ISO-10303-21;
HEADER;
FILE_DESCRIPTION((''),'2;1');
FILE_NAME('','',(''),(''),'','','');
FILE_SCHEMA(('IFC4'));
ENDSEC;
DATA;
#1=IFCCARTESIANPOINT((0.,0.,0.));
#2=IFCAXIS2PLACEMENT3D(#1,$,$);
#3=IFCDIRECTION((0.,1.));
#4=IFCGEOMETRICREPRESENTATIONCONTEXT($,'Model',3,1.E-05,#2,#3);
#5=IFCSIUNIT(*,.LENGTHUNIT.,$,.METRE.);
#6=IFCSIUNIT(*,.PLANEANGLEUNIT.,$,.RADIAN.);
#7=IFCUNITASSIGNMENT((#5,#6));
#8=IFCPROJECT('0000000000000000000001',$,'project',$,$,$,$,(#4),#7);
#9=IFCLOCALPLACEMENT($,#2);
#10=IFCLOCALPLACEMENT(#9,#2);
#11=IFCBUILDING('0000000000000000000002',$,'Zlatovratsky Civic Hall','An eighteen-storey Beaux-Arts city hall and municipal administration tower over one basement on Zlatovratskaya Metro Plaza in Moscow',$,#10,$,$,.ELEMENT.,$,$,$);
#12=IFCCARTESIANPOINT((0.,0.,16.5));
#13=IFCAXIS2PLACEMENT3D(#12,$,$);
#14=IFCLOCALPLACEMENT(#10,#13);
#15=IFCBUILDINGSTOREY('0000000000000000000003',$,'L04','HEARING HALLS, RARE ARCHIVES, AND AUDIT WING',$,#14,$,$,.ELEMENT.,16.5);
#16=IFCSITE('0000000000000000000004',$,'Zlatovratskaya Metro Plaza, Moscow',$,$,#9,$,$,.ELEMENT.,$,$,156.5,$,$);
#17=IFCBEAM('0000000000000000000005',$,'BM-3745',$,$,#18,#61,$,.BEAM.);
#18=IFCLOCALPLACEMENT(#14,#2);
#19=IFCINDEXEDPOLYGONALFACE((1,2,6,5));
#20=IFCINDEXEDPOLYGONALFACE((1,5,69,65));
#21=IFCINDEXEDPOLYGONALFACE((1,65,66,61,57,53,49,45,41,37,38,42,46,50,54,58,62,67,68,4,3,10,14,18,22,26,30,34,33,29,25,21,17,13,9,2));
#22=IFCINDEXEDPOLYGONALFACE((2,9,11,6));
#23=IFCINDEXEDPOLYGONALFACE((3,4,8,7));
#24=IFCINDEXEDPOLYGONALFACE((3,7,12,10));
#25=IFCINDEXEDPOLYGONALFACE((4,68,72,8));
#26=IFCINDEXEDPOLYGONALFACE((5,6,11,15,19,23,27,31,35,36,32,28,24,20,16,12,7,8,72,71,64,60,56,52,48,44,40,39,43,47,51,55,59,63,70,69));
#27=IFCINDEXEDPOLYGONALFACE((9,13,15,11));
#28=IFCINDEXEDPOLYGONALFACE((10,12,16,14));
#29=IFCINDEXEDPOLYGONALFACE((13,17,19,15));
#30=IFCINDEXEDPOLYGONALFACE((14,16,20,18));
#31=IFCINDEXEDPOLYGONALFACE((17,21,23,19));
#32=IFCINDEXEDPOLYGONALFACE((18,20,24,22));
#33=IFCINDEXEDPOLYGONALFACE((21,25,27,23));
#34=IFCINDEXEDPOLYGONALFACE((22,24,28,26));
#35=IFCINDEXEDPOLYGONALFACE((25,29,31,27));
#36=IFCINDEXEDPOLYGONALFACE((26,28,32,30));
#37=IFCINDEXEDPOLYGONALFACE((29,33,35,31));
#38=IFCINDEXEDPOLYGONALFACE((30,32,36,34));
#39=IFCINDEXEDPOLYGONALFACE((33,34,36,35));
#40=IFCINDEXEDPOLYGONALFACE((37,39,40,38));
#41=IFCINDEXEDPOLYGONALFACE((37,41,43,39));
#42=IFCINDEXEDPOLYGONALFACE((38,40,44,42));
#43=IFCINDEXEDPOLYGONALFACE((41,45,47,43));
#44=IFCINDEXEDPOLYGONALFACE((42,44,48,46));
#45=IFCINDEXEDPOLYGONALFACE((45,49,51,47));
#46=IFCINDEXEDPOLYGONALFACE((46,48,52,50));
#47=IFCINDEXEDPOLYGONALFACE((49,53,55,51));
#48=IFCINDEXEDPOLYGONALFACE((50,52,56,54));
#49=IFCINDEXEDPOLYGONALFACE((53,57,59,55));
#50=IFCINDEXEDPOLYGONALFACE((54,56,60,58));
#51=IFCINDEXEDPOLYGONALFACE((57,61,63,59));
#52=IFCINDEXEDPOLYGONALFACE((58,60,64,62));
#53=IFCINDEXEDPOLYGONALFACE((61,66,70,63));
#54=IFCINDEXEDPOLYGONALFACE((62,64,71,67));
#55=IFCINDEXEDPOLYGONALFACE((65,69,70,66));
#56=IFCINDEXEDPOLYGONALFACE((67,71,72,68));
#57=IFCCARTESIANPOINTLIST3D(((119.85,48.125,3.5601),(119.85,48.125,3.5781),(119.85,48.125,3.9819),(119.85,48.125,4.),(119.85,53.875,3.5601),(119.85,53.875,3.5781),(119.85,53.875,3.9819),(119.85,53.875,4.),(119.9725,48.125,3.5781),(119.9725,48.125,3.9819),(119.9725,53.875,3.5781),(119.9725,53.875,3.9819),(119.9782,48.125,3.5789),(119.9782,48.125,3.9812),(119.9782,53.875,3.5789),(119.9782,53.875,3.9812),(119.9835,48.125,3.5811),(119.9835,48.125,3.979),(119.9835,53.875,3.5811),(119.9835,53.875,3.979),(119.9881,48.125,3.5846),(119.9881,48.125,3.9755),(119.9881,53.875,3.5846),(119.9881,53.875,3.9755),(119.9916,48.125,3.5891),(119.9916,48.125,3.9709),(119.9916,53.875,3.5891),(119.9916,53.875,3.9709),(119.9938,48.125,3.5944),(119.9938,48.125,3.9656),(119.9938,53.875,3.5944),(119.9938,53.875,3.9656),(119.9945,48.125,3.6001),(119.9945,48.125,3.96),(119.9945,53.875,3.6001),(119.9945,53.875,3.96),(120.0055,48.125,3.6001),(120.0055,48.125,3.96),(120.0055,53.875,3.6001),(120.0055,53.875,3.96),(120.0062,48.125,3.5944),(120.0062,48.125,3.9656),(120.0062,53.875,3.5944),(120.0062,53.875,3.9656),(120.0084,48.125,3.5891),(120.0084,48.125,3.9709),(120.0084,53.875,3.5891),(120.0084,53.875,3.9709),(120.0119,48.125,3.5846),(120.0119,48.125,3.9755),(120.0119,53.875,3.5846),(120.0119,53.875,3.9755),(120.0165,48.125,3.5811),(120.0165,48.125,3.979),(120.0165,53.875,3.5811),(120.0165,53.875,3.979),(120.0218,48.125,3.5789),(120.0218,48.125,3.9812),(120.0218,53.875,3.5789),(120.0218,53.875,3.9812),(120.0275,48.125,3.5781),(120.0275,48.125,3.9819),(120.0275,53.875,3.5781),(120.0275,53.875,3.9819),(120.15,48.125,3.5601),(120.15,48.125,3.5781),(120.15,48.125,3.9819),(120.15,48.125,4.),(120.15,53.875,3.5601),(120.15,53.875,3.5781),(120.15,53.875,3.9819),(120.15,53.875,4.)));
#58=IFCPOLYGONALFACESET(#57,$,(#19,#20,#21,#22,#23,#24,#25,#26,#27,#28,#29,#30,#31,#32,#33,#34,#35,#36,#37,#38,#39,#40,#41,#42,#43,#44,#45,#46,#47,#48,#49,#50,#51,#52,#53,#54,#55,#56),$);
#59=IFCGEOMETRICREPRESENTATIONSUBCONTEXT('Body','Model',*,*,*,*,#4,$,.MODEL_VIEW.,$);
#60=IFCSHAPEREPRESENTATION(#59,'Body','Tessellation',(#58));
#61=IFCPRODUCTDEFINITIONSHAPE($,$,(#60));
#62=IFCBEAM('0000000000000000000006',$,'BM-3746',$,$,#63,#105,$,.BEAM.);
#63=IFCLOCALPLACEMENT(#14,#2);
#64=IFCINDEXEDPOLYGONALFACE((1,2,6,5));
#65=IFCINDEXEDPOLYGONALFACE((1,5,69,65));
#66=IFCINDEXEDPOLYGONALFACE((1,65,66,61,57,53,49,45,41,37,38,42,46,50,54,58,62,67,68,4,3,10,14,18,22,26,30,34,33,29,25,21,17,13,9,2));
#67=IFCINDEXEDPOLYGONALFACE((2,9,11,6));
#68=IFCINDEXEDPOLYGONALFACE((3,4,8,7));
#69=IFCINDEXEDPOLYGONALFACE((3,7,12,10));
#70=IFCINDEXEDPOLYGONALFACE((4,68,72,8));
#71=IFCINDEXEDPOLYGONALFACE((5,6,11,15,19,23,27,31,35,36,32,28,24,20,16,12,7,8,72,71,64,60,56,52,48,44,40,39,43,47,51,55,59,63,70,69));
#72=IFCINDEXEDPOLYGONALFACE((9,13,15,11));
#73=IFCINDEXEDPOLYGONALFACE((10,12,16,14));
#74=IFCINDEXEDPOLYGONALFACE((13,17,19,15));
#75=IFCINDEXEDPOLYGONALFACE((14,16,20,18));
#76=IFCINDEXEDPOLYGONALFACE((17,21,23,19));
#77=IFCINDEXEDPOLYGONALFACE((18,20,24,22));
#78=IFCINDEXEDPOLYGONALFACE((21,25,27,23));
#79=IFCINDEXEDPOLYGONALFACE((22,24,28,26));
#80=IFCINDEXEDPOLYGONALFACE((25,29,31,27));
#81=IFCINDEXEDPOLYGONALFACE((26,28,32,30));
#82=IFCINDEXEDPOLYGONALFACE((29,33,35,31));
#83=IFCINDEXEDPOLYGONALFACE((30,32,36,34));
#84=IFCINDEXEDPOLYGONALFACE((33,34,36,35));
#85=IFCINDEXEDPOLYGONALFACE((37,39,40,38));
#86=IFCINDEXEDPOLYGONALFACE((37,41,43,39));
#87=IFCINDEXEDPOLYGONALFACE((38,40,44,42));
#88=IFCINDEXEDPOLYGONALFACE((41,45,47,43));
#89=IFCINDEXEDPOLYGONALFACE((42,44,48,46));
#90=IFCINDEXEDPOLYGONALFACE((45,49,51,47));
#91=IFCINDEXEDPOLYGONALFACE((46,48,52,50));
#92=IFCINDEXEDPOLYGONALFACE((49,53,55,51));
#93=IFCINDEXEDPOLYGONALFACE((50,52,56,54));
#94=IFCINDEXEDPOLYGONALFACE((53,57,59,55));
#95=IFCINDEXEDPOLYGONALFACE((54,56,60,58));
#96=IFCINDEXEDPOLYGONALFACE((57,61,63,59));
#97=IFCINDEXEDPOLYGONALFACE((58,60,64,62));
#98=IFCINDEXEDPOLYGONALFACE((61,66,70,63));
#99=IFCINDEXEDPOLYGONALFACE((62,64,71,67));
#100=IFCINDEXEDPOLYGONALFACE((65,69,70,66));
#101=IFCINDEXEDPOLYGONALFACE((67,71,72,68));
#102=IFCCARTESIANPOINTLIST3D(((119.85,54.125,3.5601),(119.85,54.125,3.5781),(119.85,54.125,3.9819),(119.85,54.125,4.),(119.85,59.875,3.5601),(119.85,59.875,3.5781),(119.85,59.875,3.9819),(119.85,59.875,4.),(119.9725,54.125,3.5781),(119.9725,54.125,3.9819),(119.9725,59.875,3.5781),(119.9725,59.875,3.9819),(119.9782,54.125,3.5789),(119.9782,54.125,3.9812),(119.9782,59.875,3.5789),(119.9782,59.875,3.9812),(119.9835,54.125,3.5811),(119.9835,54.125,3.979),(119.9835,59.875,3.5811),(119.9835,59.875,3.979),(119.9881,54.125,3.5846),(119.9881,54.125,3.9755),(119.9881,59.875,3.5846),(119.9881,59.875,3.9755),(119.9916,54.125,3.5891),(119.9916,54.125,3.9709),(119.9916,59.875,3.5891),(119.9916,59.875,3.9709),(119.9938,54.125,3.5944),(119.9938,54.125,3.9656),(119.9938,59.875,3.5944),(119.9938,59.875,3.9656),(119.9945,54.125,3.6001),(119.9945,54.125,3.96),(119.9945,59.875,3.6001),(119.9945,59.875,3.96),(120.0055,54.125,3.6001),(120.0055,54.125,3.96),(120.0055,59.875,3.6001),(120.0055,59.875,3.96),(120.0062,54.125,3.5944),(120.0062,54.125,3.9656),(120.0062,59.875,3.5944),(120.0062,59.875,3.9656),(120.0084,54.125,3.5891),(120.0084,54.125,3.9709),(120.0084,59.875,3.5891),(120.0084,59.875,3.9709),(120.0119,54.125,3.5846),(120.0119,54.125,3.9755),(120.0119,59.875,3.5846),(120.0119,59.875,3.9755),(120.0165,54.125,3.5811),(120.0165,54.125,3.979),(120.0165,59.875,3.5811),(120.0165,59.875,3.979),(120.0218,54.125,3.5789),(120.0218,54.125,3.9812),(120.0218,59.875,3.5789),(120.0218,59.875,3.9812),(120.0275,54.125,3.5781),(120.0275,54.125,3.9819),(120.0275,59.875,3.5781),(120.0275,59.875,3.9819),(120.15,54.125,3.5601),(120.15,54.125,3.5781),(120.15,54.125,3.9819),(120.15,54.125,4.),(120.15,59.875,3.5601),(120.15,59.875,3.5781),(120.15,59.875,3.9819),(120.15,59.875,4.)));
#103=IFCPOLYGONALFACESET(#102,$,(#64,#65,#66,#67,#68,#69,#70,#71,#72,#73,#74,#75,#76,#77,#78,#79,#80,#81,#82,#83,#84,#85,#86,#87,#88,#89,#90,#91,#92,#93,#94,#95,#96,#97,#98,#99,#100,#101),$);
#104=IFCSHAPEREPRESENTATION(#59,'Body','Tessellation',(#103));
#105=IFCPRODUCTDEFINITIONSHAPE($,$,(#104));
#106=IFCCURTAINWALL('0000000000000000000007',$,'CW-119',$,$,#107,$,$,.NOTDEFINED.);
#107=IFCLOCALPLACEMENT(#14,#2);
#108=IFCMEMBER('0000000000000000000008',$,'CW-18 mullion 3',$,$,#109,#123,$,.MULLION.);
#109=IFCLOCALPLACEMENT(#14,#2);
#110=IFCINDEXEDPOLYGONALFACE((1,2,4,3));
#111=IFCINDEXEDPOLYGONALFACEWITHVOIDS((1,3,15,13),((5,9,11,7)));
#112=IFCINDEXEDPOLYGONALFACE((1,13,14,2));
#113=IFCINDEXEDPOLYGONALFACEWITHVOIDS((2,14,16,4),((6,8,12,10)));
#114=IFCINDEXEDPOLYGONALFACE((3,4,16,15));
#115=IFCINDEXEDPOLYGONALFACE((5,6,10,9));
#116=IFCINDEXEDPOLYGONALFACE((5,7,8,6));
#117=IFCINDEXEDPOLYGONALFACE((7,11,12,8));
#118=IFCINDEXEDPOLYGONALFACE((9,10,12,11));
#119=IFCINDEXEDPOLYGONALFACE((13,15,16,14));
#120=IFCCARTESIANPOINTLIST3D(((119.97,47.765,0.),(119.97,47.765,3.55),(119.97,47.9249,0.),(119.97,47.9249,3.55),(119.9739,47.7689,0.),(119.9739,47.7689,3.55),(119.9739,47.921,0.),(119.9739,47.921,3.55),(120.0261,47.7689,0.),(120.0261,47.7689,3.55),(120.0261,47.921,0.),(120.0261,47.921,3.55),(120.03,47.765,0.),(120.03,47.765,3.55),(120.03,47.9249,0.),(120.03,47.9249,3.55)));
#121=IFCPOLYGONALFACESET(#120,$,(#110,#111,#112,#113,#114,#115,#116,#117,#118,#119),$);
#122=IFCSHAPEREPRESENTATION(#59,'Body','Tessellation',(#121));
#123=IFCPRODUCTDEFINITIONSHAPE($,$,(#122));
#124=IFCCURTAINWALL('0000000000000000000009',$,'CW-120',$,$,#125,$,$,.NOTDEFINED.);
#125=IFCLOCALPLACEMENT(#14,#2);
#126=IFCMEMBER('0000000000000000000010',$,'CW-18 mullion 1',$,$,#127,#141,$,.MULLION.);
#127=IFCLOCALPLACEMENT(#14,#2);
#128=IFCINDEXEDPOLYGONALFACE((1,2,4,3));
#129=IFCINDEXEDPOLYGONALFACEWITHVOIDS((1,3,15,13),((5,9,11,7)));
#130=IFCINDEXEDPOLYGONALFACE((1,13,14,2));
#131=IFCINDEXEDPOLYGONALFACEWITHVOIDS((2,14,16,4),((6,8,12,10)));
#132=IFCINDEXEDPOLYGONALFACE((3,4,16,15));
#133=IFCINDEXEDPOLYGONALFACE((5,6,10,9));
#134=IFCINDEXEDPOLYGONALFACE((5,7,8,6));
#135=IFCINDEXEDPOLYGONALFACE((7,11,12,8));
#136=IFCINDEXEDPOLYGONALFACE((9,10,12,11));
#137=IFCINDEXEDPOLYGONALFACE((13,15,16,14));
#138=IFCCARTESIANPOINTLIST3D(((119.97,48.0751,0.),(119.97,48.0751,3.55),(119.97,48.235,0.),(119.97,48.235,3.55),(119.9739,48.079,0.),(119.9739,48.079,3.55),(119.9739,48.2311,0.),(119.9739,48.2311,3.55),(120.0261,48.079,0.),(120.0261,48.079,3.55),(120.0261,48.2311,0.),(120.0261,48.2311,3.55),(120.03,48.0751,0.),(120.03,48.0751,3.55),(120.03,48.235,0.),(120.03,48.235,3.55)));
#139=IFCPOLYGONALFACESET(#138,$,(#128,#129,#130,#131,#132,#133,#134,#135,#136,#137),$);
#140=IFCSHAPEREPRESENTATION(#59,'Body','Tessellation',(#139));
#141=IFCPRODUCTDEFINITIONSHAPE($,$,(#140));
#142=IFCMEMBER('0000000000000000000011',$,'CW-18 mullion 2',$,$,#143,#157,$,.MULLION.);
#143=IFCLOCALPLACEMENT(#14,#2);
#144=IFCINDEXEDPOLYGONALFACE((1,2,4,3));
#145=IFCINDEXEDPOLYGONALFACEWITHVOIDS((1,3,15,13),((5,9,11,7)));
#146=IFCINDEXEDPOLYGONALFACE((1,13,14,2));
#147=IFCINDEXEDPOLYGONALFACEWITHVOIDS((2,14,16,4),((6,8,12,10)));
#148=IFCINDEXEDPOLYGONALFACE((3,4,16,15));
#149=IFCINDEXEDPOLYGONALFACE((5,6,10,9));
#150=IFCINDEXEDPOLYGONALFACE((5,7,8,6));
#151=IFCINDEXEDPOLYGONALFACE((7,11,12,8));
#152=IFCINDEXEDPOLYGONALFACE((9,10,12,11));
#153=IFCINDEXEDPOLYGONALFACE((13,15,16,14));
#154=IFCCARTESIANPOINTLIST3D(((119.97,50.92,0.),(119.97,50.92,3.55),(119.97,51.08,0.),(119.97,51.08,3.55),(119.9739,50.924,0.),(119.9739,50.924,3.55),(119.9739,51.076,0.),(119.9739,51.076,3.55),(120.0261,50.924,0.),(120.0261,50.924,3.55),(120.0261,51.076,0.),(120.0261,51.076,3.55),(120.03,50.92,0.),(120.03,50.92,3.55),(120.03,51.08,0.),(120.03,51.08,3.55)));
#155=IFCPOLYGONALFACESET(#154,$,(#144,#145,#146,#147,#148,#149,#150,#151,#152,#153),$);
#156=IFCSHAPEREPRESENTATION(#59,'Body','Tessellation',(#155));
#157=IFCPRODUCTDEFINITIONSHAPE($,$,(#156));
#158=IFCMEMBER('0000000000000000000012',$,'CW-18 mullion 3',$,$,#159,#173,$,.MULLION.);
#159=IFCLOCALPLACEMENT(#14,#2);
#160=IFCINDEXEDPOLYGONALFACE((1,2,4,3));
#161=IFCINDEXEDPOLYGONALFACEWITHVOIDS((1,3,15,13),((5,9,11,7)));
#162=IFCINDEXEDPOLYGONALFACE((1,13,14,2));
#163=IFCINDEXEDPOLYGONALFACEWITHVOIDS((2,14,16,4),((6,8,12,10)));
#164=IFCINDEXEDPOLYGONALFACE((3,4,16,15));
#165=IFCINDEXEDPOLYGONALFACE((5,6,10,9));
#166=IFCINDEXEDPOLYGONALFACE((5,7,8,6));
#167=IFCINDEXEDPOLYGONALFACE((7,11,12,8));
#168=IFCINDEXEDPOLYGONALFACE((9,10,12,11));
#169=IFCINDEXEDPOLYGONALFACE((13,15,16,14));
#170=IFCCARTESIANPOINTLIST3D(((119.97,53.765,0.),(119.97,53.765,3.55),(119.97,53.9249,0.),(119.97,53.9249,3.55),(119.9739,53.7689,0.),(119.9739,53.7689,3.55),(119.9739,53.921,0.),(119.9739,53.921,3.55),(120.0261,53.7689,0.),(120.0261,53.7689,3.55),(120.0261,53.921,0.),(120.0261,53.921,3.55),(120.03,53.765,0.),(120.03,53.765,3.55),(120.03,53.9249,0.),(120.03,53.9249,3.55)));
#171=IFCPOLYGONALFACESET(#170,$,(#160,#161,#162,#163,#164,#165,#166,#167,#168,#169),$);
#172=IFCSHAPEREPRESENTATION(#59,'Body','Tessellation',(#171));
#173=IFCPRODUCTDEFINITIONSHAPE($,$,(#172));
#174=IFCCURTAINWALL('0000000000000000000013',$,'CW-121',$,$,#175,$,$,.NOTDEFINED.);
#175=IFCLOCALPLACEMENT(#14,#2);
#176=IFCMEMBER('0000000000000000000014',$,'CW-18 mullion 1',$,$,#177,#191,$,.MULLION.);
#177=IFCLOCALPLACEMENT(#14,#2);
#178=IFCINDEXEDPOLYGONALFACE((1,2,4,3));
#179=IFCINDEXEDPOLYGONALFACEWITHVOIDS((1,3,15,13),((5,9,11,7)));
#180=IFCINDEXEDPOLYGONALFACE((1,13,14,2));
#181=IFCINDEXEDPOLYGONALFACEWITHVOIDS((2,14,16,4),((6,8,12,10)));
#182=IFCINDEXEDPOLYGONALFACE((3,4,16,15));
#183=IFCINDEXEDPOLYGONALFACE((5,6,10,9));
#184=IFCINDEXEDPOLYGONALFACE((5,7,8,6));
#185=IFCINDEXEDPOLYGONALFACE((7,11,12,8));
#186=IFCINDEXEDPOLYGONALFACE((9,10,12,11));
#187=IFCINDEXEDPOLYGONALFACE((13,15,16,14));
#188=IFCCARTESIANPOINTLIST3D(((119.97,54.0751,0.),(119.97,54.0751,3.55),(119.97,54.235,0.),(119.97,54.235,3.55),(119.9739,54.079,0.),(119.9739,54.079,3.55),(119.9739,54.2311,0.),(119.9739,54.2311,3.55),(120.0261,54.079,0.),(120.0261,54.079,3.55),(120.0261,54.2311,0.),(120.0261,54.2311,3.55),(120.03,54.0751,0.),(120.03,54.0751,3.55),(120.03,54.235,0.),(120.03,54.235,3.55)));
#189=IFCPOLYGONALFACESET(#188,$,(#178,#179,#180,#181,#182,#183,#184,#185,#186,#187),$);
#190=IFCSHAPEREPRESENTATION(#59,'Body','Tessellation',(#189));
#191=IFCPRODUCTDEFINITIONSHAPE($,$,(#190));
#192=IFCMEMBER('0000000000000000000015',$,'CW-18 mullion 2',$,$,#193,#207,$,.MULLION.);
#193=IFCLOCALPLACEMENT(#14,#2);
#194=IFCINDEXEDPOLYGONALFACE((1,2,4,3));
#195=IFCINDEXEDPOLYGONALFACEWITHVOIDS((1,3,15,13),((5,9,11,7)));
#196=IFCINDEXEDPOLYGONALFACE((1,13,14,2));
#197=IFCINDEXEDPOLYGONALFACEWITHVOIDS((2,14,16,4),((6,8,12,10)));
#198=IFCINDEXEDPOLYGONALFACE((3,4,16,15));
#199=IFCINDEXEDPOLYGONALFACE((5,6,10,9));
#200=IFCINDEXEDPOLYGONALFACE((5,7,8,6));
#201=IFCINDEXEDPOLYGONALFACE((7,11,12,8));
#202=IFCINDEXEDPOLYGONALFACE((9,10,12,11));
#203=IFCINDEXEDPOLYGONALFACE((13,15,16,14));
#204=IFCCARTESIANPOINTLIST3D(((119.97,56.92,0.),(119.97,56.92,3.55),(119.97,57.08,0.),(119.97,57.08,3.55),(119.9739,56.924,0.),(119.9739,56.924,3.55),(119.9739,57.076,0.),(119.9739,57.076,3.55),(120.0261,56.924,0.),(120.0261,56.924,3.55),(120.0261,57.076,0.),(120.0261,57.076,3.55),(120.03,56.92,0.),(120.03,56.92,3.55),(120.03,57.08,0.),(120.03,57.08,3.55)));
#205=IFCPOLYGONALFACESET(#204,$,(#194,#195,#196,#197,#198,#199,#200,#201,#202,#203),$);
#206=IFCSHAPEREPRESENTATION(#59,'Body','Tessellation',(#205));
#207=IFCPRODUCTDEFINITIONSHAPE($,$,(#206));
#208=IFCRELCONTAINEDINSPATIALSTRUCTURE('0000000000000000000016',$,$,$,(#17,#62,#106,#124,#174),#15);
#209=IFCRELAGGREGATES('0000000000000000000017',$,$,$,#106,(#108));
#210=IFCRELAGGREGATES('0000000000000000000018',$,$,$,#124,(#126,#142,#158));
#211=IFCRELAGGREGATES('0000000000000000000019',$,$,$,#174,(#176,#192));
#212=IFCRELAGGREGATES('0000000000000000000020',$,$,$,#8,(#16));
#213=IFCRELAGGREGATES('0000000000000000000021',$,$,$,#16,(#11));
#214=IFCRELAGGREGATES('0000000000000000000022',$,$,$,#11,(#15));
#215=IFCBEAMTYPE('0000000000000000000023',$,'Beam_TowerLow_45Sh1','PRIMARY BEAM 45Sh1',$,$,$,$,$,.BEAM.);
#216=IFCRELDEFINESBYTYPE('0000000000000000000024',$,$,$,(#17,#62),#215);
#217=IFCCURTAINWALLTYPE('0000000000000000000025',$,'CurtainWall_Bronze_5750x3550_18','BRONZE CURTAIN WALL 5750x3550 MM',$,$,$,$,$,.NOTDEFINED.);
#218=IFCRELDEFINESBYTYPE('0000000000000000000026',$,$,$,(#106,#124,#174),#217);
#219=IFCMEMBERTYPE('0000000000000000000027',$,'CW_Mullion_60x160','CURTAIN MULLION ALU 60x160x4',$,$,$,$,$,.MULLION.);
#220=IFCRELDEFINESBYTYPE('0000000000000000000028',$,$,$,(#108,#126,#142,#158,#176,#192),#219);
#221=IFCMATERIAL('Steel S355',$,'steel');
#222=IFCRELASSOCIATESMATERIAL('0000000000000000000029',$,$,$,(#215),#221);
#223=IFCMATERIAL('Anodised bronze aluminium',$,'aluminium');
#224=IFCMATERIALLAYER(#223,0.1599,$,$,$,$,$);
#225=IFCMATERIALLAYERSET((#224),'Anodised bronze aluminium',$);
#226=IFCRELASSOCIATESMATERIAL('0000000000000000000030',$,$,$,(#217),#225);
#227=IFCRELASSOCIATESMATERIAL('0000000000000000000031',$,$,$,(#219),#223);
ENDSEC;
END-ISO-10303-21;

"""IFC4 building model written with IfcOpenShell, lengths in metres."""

from ifc_helpers import new_model, si_unit, direction, frame, origin, origin_2d, place, context, subcontext, project, spatial, hollow_rectangle, i_section, extrude, material, layer, layer_set, material_profile, profile_set, type_object, element, aggregate, save


model = new_model("IFC4")

# Units and contexts
model_context = context("Model", 3, precision=1e-05, world=origin(), true_north=direction((0.0, 1.0)))
body_context = subcontext(model_context, "Body", "Model", "MODEL_VIEW")
ifc_project = project(units=[si_unit("LENGTHUNIT", "METRE"), si_unit("PLANEANGLEUNIT", "RADIAN")], contexts=[model_context])

# Site, building, storey
site_placement = place(None, origin())
site = spatial("IfcSite", under=ifc_project, at=site_placement, Name="Zlatovratskaya Metro Plaza, Moscow", CompositionType="ELEMENT", RefElevation=156.5)
building_placement = place(site_placement, origin())
building = spatial("IfcBuilding", under=site, at=building_placement, Name="Zlatovratsky Civic Hall", Description="An eighteen-storey Beaux-Arts city hall and municipal administration tower over one basement on Zlatovratskaya Metro Plaza in Moscow", CompositionType="ELEMENT")
storey_placement = place(building_placement, frame((0.0, 0.0, 16.5)))
storey = spatial("IfcBuildingStorey", under=building, at=storey_placement, Name="L04", Description="HEARING HALLS, RARE ARCHIVES, AND AUDIT WING", CompositionType="ELEMENT", Elevation=16.5)

# Shared definitions
ifc_material_1 = material(Name="Steel S355", Category="steel")

# Beams
ifc_material_profile_1 = material_profile(ifc_material_1, i_section(OverallWidth=0.3, OverallDepth=0.4399, WebThickness=0.011, FlangeThickness=0.0181, FilletRadius=0.022, at=origin_2d()), Name="45Sh1")
ifc_profile_set_1 = profile_set([ifc_material_profile_1], Name="Steel S355")
beam_type = type_object("IfcBeamType", Name="Beam_TowerLow_45Sh1", Description="PRIMARY BEAM 45Sh1", PredefinedType="BEAM", material=ifc_profile_set_1)
for number, where, z_axis, x_axis, name in (
    (1, (120.0, 48.125, 3.78), (0.0, 1.0, 0.0), (-1.0, 0.0, 0.0), "BM-3745"),
    (2, (120.0, 54.125, 3.78), (0.0, 1.0, 0.0), (-1.0, 0.0, 0.0), "BM-3746"),
):
    element("IfcBeam", number, at=place(storey_placement, frame(where, z_axis=z_axis, x_axis=x_axis)), inside=storey, type_object=beam_type, Name=name, PredefinedType="BEAM", context=body_context, shape_type="SweptSolid", body=[
        extrude(i_section(OverallWidth=0.3, OverallDepth=0.4399, WebThickness=0.011, FlangeThickness=0.0181, FilletRadius=0.022, at=origin_2d()), origin(), (0.0, 0.0, 1.0), 5.75),
    ])

# Curtain wall, member
ifc_material_2 = material(Name="Anodised bronze aluminium", Category="aluminium")
ifc_layer_1 = layer(ifc_material_2, 0.1599)
ifc_layer_set_1 = layer_set([ifc_layer_1], Name="Anodised bronze aluminium")
curtain_wall_type = type_object("IfcCurtainWallType", Name="CurtainWall_Bronze_5750x3550_18", Description="BRONZE CURTAIN WALL 5750x3550 MM", PredefinedType="NOTDEFINED", material=ifc_layer_set_1)
curtain_wall_1_placement = place(storey_placement, origin())
curtain_wall_1 = element("IfcCurtainWall", 3, at=curtain_wall_1_placement, inside=storey, type_object=curtain_wall_type, Name="CW-119", PredefinedType="NOTDEFINED")
ifc_material_profile_2 = material_profile(ifc_material_2, hollow_rectangle(XDim=0.0601, YDim=0.1599, WallThickness=0.0039, at=origin_2d()), Name="ALU 60x160x4")
ifc_profile_set_2 = profile_set([ifc_material_profile_2], Name="Anodised bronze aluminium")
member_type_1 = type_object("IfcMemberType", Name="CW_Mullion_60x160", Description="CURTAIN MULLION ALU 60x160x4", PredefinedType="MULLION", material=ifc_profile_set_2)
member_1_placement = place(storey_placement, frame((120.0, 47.845, 0.0), z_axis=(0.0, 0.0, 1.0), x_axis=(-1.0, 0.0, 0.0)))
member_1 = element("IfcMember", 4, at=member_1_placement, type_object=member_type_1, Name="CW-18 mullion 3", PredefinedType="MULLION", context=body_context, shape_type="SweptSolid", body=[
    extrude(hollow_rectangle(XDim=0.0601, YDim=0.1599, WallThickness=0.0039, at=origin_2d()), origin(), (0.0, 0.0, 1.0), 3.55),
])

# Curtain walls, members
curtain_wall_2_placement = place(storey_placement, origin())
curtain_wall_2 = element("IfcCurtainWall", 5, at=curtain_wall_2_placement, inside=storey, type_object=curtain_wall_type, Name="CW-120", PredefinedType="NOTDEFINED")
member_2_placement = place(storey_placement, frame((120.0, 48.155, 0.0), z_axis=(0.0, 0.0, 1.0), x_axis=(-1.0, 0.0, 0.0)))
member_2 = element("IfcMember", 6, at=member_2_placement, type_object=member_type_1, Name="CW-18 mullion 1", PredefinedType="MULLION", context=body_context, shape_type="SweptSolid", body=[
    extrude(hollow_rectangle(XDim=0.0601, YDim=0.1599, WallThickness=0.0039, at=origin_2d()), origin(), (0.0, 0.0, 1.0), 3.55),
])
member_3_placement = place(storey_placement, frame((120.0, 51.0, 0.0), z_axis=(0.0, 0.0, 1.0), x_axis=(-1.0, 0.0, 0.0)))
member_3 = element("IfcMember", 7, at=member_3_placement, type_object=member_type_1, Name="CW-18 mullion 2", PredefinedType="MULLION", context=body_context, shape_type="SweptSolid", body=[
    extrude(hollow_rectangle(XDim=0.0601, YDim=0.1599, WallThickness=0.0039, at=origin_2d()), origin(), (0.0, 0.0, 1.0), 3.55),
])
member_4_placement = place(storey_placement, frame((120.0, 53.845, 0.0), z_axis=(0.0, 0.0, 1.0), x_axis=(-1.0, 0.0, 0.0)))
member_4 = element("IfcMember", 8, at=member_4_placement, type_object=member_type_1, Name="CW-18 mullion 3", PredefinedType="MULLION", context=body_context, shape_type="SweptSolid", body=[
    extrude(hollow_rectangle(XDim=0.0601, YDim=0.1599, WallThickness=0.0039, at=origin_2d()), origin(), (0.0, 0.0, 1.0), 3.55),
])
curtain_wall_3_placement = place(storey_placement, origin())
curtain_wall_3 = element("IfcCurtainWall", 9, at=curtain_wall_3_placement, inside=storey, type_object=curtain_wall_type, Name="CW-121", PredefinedType="NOTDEFINED")
member_5_placement = place(storey_placement, frame((120.0, 54.155, 0.0), z_axis=(0.0, 0.0, 1.0), x_axis=(-1.0, 0.0, 0.0)))
member_5 = element("IfcMember", 10, at=member_5_placement, type_object=member_type_1, Name="CW-18 mullion 1", PredefinedType="MULLION", context=body_context, shape_type="SweptSolid", body=[
    extrude(hollow_rectangle(XDim=0.0601, YDim=0.1599, WallThickness=0.0039, at=origin_2d()), origin(), (0.0, 0.0, 1.0), 3.55),
])
member_6_placement = place(storey_placement, frame((120.0, 57.0, 0.0), z_axis=(0.0, 0.0, 1.0), x_axis=(-1.0, 0.0, 0.0)))
member_6 = element("IfcMember", 11, at=member_6_placement, type_object=member_type_1, Name="CW-18 mullion 2", PredefinedType="MULLION", context=body_context, shape_type="SweptSolid", body=[
    extrude(hollow_rectangle(XDim=0.0601, YDim=0.1599, WallThickness=0.0039, at=origin_2d()), origin(), (0.0, 0.0, 1.0), 3.55),
])

aggregate(curtain_wall_1, [member_1])
aggregate(curtain_wall_2, [member_2, member_3, member_4])
aggregate(curtain_wall_3, [member_5, member_6])

save(model, "model.ifc")
